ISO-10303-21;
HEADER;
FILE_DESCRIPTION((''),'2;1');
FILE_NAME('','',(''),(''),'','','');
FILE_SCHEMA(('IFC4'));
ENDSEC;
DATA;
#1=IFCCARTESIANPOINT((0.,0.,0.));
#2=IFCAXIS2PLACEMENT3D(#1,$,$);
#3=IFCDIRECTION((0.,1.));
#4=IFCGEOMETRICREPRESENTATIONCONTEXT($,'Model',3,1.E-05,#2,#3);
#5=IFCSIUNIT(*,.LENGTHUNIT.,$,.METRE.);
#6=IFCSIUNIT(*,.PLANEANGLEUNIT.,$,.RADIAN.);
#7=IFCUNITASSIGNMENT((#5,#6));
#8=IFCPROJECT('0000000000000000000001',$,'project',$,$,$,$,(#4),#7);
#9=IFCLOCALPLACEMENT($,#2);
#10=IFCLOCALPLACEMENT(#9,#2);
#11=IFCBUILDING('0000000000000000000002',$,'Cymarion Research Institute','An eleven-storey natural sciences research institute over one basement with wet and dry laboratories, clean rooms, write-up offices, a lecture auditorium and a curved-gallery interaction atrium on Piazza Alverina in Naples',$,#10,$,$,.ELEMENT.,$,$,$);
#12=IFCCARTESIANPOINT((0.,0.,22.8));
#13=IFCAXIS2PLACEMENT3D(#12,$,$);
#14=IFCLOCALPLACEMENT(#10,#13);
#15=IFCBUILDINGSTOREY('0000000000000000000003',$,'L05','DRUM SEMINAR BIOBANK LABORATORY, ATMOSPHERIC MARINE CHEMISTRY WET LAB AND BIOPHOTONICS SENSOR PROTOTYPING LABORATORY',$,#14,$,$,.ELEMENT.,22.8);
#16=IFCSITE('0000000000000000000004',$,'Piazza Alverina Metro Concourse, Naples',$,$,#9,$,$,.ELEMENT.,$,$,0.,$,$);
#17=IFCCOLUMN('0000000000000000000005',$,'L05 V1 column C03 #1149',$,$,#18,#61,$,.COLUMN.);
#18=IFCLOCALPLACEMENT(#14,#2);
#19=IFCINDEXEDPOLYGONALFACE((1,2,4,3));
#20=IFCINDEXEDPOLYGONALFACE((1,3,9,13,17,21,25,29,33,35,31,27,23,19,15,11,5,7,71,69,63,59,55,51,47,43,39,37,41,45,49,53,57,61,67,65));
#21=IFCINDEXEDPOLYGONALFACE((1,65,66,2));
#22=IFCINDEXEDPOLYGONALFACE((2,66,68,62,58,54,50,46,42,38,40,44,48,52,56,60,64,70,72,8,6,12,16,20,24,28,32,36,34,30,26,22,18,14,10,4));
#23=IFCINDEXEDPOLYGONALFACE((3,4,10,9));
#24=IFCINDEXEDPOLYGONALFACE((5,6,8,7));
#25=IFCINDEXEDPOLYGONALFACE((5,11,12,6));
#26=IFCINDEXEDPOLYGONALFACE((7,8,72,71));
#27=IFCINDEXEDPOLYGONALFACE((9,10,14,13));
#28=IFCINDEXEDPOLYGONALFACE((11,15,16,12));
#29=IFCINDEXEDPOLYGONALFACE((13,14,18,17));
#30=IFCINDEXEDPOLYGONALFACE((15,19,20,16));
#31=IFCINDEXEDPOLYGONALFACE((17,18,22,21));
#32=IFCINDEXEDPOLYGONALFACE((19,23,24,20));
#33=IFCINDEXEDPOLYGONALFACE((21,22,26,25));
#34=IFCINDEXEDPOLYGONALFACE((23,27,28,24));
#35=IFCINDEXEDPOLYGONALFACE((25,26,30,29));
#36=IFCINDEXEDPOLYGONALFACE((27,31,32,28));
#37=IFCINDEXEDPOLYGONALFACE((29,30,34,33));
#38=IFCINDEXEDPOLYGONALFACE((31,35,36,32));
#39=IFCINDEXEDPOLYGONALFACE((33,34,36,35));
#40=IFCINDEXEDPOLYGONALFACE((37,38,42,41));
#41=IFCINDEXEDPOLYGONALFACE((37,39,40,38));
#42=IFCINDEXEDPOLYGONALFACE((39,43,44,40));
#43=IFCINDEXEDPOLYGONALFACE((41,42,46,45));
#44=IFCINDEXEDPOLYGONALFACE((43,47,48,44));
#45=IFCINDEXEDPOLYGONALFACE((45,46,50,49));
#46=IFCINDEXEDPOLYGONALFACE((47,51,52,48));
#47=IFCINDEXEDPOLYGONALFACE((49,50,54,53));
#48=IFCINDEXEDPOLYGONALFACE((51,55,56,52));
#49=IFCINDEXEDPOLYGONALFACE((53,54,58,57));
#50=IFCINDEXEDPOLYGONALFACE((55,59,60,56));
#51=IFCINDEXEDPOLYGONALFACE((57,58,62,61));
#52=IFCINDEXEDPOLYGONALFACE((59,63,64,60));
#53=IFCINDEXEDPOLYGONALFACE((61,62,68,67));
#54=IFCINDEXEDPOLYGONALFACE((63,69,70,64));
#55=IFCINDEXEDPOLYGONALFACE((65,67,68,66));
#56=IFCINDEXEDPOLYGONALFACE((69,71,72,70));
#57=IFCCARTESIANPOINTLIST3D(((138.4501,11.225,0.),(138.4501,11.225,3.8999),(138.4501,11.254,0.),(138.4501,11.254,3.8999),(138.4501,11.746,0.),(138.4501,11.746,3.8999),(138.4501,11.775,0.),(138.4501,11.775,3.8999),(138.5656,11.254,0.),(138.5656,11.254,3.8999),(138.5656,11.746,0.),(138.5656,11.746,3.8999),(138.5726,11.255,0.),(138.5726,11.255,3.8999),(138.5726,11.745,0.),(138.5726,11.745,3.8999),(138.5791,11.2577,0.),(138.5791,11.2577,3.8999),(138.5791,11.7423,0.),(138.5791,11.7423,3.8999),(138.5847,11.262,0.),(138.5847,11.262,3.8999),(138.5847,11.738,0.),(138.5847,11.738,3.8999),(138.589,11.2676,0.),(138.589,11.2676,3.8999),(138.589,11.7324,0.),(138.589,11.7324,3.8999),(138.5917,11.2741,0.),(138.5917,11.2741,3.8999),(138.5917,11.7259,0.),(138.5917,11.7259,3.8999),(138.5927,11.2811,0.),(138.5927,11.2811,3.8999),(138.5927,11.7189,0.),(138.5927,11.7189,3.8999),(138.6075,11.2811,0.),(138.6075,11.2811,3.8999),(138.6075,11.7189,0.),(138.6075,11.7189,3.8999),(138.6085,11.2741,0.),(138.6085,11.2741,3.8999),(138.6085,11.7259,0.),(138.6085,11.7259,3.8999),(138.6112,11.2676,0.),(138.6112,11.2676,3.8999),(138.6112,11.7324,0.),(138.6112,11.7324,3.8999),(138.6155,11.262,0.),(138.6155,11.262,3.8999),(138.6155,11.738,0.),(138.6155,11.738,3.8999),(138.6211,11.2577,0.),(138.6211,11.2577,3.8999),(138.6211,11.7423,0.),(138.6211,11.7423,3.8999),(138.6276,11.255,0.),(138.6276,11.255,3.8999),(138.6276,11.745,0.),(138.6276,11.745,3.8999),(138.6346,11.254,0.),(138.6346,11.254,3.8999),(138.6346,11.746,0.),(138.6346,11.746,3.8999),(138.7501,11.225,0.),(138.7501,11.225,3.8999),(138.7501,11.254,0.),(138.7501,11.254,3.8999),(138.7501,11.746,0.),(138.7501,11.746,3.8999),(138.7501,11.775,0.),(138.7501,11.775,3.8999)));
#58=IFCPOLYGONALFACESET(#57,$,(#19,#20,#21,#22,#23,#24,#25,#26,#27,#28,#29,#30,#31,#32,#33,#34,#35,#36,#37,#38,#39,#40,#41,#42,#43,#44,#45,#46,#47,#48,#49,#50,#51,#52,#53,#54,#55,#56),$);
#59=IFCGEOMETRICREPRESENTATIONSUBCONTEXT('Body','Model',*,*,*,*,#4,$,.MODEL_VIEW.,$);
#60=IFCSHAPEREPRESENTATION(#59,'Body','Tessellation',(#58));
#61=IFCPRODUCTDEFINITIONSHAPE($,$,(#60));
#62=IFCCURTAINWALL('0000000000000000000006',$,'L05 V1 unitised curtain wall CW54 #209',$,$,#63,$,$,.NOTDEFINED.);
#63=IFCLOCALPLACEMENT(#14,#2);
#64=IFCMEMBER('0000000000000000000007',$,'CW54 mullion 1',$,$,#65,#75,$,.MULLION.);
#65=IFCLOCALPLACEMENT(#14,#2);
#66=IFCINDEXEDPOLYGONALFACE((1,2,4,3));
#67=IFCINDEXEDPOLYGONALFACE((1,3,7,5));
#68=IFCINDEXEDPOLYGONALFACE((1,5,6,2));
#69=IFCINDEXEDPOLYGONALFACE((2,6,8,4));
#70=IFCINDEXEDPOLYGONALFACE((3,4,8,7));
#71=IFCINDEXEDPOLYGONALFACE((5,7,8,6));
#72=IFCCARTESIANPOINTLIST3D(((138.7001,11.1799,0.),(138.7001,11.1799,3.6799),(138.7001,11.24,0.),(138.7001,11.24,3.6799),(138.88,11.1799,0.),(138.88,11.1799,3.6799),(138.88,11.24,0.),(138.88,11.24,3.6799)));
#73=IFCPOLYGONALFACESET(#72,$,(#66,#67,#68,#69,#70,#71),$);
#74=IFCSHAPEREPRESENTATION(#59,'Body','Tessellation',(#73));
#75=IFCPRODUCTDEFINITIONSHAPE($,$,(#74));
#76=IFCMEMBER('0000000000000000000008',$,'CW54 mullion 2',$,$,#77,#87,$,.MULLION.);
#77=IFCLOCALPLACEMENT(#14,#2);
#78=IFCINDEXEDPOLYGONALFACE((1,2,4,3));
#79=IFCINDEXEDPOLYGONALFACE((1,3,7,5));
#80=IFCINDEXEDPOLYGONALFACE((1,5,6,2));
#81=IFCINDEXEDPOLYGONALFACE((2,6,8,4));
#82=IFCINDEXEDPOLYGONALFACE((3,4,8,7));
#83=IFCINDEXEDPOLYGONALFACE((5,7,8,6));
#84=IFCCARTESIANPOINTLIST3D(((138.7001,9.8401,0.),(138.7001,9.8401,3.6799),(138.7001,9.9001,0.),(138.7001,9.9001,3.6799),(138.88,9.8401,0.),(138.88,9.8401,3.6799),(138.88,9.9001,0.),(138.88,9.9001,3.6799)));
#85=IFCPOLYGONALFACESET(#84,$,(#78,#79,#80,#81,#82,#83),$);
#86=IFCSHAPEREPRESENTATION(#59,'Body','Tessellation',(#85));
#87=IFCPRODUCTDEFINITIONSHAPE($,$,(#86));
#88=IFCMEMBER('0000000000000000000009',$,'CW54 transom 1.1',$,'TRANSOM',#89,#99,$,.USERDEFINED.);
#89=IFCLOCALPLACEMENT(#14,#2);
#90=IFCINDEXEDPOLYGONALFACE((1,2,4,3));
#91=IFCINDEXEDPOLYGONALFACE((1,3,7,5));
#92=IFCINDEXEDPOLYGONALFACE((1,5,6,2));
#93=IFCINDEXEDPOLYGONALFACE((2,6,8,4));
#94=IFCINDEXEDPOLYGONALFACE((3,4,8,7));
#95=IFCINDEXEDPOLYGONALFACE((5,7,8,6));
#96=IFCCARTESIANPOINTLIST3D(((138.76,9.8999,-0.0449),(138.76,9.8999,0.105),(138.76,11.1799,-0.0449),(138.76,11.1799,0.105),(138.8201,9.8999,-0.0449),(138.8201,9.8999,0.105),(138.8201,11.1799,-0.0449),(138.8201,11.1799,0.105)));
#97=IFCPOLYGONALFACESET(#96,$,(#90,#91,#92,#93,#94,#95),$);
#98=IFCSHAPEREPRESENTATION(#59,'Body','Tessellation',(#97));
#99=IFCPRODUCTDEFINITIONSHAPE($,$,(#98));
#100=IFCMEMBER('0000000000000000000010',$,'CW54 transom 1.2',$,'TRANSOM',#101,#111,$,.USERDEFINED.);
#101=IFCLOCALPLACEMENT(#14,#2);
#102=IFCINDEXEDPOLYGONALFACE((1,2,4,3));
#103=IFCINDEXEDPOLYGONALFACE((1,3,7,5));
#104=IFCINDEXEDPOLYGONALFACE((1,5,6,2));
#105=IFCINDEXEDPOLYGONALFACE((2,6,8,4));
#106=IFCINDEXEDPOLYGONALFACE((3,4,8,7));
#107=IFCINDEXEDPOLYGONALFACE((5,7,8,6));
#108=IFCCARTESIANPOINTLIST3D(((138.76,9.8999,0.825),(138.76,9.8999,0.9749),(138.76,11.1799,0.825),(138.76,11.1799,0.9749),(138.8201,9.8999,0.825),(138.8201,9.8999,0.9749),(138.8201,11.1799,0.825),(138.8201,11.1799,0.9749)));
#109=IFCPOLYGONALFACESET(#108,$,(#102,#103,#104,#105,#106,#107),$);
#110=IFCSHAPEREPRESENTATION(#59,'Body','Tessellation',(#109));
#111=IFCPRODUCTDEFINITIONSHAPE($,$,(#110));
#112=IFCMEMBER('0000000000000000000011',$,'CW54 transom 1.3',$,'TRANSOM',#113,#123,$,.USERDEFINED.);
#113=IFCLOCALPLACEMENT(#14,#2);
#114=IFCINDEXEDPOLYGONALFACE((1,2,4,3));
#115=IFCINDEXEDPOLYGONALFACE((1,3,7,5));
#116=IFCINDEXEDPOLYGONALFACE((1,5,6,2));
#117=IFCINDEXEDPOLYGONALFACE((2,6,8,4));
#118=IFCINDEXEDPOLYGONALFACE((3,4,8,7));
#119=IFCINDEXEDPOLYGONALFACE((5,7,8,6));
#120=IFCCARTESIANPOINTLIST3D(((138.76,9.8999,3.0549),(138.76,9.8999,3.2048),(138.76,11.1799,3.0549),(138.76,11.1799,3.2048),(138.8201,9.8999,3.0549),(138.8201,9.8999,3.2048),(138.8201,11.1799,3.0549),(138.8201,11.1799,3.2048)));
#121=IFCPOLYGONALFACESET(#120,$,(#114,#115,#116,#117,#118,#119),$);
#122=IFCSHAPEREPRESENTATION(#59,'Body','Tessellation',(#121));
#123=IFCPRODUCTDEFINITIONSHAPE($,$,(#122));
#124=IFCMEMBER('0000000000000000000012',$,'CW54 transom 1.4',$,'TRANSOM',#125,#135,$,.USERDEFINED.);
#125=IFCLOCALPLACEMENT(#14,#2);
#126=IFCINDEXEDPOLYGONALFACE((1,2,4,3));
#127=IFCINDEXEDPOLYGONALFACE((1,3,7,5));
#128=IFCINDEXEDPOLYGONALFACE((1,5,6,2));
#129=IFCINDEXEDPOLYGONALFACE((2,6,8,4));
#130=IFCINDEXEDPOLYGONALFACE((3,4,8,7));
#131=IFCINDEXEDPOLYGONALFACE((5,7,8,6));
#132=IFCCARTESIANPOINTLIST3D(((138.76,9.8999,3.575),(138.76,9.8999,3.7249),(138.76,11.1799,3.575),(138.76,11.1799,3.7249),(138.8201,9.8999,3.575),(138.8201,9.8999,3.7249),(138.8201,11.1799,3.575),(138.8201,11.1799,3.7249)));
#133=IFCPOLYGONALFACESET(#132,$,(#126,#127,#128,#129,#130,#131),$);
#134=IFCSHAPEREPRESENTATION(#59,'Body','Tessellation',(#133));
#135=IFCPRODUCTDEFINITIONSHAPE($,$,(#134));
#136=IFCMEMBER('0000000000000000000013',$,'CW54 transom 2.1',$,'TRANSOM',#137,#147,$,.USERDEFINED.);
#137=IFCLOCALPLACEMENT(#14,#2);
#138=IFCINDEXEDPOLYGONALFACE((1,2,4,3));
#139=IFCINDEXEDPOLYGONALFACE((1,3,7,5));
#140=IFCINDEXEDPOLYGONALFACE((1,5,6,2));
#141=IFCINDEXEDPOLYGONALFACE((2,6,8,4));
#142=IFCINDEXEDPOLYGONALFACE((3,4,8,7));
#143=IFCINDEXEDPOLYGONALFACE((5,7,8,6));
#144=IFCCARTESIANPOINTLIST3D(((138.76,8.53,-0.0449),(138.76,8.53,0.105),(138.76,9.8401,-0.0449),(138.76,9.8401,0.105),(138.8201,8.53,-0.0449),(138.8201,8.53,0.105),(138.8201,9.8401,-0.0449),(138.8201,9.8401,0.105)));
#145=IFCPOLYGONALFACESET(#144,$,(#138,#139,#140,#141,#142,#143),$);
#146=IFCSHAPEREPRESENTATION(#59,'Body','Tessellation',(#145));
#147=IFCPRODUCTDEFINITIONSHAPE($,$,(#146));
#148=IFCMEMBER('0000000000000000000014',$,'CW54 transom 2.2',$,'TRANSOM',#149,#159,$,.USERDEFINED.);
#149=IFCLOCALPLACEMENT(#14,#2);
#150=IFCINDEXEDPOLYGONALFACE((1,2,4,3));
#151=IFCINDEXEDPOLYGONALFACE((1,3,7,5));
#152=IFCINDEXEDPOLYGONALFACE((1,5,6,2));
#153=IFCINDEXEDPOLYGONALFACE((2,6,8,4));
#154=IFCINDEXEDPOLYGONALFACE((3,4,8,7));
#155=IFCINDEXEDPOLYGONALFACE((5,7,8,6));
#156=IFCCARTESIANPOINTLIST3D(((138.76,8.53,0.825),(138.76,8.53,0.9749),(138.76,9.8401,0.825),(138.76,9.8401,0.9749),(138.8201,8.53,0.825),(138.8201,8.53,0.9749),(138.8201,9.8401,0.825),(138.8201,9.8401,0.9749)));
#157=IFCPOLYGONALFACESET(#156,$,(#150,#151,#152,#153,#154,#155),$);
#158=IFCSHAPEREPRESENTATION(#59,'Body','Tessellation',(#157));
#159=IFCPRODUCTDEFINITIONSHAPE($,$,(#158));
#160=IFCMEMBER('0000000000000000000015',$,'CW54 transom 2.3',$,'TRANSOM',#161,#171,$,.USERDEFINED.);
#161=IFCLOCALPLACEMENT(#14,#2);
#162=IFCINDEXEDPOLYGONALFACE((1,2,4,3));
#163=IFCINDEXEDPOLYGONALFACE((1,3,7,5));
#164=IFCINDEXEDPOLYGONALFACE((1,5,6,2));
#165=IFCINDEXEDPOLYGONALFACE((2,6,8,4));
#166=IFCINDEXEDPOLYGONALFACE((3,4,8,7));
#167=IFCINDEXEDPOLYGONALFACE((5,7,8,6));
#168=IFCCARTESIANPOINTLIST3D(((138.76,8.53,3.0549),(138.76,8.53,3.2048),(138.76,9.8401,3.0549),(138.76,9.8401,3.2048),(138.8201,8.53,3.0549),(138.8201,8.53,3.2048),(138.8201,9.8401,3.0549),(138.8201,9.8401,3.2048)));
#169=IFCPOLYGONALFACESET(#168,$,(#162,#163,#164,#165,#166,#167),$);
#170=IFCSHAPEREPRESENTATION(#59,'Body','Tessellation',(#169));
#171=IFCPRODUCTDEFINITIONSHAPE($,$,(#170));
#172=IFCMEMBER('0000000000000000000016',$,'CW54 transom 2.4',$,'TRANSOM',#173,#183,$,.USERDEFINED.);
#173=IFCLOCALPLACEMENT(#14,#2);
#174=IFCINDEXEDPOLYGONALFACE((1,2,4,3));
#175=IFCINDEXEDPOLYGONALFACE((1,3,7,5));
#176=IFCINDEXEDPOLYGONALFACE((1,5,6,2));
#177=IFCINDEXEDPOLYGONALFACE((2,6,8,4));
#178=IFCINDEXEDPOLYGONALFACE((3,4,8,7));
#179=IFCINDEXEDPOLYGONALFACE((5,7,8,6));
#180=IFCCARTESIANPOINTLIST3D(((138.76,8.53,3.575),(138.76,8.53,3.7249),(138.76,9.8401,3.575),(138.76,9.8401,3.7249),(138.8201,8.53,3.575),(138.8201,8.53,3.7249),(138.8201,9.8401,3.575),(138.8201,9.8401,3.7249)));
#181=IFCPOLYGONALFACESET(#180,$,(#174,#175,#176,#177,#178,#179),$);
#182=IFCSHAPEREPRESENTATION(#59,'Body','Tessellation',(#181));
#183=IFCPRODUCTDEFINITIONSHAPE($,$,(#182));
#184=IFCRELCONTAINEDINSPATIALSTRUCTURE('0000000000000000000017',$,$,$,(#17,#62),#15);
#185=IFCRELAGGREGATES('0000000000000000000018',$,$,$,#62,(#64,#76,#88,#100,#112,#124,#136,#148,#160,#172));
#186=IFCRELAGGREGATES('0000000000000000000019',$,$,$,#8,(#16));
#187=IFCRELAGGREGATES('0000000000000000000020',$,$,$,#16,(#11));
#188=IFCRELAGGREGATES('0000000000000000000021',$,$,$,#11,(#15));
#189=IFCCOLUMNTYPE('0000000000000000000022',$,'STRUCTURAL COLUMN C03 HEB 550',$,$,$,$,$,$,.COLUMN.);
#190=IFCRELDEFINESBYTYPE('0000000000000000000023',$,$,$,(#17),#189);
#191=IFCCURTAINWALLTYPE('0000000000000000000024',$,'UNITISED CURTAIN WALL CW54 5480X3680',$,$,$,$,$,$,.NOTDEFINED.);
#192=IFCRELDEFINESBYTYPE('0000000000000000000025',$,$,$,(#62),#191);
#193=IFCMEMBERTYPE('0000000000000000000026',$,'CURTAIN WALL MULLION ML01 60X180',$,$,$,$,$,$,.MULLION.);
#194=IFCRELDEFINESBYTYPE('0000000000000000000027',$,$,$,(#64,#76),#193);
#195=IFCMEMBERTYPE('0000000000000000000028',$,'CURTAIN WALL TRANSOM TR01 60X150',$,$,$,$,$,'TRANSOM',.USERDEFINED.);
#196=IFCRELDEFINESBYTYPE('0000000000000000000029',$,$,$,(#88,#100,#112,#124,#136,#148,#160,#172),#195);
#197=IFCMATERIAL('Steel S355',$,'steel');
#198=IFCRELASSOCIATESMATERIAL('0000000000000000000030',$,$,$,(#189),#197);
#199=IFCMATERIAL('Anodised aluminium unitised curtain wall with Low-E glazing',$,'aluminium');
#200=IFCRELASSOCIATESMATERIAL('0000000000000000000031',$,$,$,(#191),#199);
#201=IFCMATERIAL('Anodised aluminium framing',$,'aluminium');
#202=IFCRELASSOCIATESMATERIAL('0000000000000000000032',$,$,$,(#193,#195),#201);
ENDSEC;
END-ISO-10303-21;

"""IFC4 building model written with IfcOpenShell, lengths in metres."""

from ifc_helpers import new_model, si_unit, direction, frame, origin, origin_2d, place, context, subcontext, project, spatial, rectangle, i_section, extrude, material, material_profile, profile_set, type_object, element, aggregate, save


model = new_model("IFC4")

# Units and contexts
model_context = context("Model", 3, precision=1e-05, world=origin(), true_north=direction((0.0, 1.0)))
body_context = subcontext(model_context, "Body", "Model", "MODEL_VIEW")
ifc_project = project(units=[si_unit("LENGTHUNIT", "METRE"), si_unit("PLANEANGLEUNIT", "RADIAN")], contexts=[model_context])

# Site, building, storey
site_placement = place(None, origin())
site = spatial("IfcSite", under=ifc_project, at=site_placement, Name="Piazza Alverina Metro Concourse, Naples", CompositionType="ELEMENT", RefElevation=0.0)
building_placement = place(site_placement, origin())
building = spatial("IfcBuilding", under=site, at=building_placement, Name="Cymarion Research Institute", Description="An eleven-storey natural sciences research institute over one basement with wet and dry laboratories, clean rooms, write-up offices, a lecture auditorium and a curved-gallery interaction atrium on Piazza Alverina in Naples", CompositionType="ELEMENT")
storey_placement = place(building_placement, frame((0.0, 0.0, 22.8)))
storey = spatial("IfcBuildingStorey", under=building, at=storey_placement, Name="L05", Description="DRUM SEMINAR BIOBANK LABORATORY, ATMOSPHERIC MARINE CHEMISTRY WET LAB AND BIOPHOTONICS SENSOR PROTOTYPING LABORATORY", CompositionType="ELEMENT", Elevation=22.8)

# Column
ifc_material_1 = material(Name="Steel S355", Category="steel")
ifc_material_profile_1 = material_profile(ifc_material_1, i_section(OverallWidth=0.3, OverallDepth=0.55, WebThickness=0.0149, FlangeThickness=0.0291, FilletRadius=0.0271, at=origin_2d()), Name="HEB 550")
ifc_profile_set_1 = profile_set([ifc_material_profile_1], Name="Steel S355")
column_type = type_object("IfcColumnType", Name="STRUCTURAL COLUMN C03 HEB 550", PredefinedType="COLUMN", material=ifc_profile_set_1)
column_placement = place(storey_placement, frame((138.6001, 11.5, 0.0), z_axis=(0.0, 0.0, 1.0), x_axis=(1.0, 0.0, 0.0)))
element("IfcColumn", 1, at=column_placement, inside=storey, type_object=column_type, Name="L05 V1 column C03 #1149", PredefinedType="COLUMN", context=body_context, shape_type="SweptSolid", body=[
    extrude(i_section(OverallWidth=0.3, OverallDepth=0.55, WebThickness=0.0149, FlangeThickness=0.0291, FilletRadius=0.0271, at=origin_2d()), origin(), (0.0, 0.0, 1.0), 3.8999),
])

# Curtain wall, members
ifc_material_2 = material(Name="Anodised aluminium unitised curtain wall with Low-E glazing", Category="aluminium")
curtain_wall_type = type_object("IfcCurtainWallType", Name="UNITISED CURTAIN WALL CW54 5480X3680", PredefinedType="NOTDEFINED", material=ifc_material_2)
curtain_wall_placement = place(storey_placement, origin())
curtain_wall = element("IfcCurtainWall", 2, at=curtain_wall_placement, inside=storey, type_object=curtain_wall_type, Name="L05 V1 unitised curtain wall CW54 #209", PredefinedType="NOTDEFINED")
ifc_material_3 = material(Name="Anodised aluminium framing", Category="aluminium")
ifc_material_profile_2 = material_profile(ifc_material_3, rectangle(XDim=0.0601, YDim=0.1799, at=origin_2d()), Name="ALU MULLION 60x180")
ifc_profile_set_2 = profile_set([ifc_material_profile_2], Name="Anodised aluminium framing")
member_type_1 = type_object("IfcMemberType", Name="CURTAIN WALL MULLION ML01 60X180", PredefinedType="MULLION", material=ifc_profile_set_2)
member_1_placement = place(storey_placement, frame((138.79, 11.21, 0.0), z_axis=(0.0, 0.0, 1.0), x_axis=(0.0, -1.0, 0.0)))
member_1 = element("IfcMember", 3, at=member_1_placement, type_object=member_type_1, Name="CW54 mullion 1", PredefinedType="MULLION", context=body_context, shape_type="SweptSolid", body=[
    extrude(rectangle(XDim=0.0601, YDim=0.1799, at=origin_2d()), origin(), (0.0, 0.0, 1.0), 3.6799),
])
member_2_placement = place(storey_placement, frame((138.79, 9.8701, 0.0), z_axis=(0.0, 0.0, 1.0), x_axis=(0.0, -1.0, 0.0)))
member_2 = element("IfcMember", 4, at=member_2_placement, type_object=member_type_1, Name="CW54 mullion 2", PredefinedType="MULLION", context=body_context, shape_type="SweptSolid", body=[
    extrude(rectangle(XDim=0.0601, YDim=0.1799, at=origin_2d()), origin(), (0.0, 0.0, 1.0), 3.6799),
])
ifc_material_profile_3 = material_profile(ifc_material_3, rectangle(XDim=0.0601, YDim=0.1499, at=origin_2d()), Name="ALU TRANSOM 60x150")
ifc_profile_set_3 = profile_set([ifc_material_profile_3], Name="Anodised aluminium framing")
member_type_2 = type_object("IfcMemberType", Name="CURTAIN WALL TRANSOM TR01 60X150", ElementType="TRANSOM", PredefinedType="USERDEFINED", material=ifc_profile_set_3)
member_3_placement = place(storey_placement, frame((138.79, 11.1799, 0.03), z_axis=(0.0, -1.0, 0.0), x_axis=(1.0, 0.0, 0.0)))
member_3 = element("IfcMember", 5, at=member_3_placement, type_object=member_type_2, Name="CW54 transom 1.1", ObjectType="TRANSOM", PredefinedType="USERDEFINED", context=body_context, shape_type="SweptSolid", body=[
    extrude(rectangle(XDim=0.0601, YDim=0.1499, at=origin_2d()), origin(), (0.0, 0.0, 1.0), 1.28),
])
member_4_placement = place(storey_placement, frame((138.79, 11.1799, 0.8999), z_axis=(0.0, -1.0, 0.0), x_axis=(1.0, 0.0, 0.0)))
member_4 = element("IfcMember", 6, at=member_4_placement, type_object=member_type_2, Name="CW54 transom 1.2", ObjectType="TRANSOM", PredefinedType="USERDEFINED", context=body_context, shape_type="SweptSolid", body=[
    extrude(rectangle(XDim=0.0601, YDim=0.1499, at=origin_2d()), origin(), (0.0, 0.0, 1.0), 1.28),
])
member_5_placement = place(storey_placement, frame((138.79, 11.1799, 3.1299), z_axis=(0.0, -1.0, 0.0), x_axis=(1.0, 0.0, 0.0)))
member_5 = element("IfcMember", 7, at=member_5_placement, type_object=member_type_2, Name="CW54 transom 1.3", ObjectType="TRANSOM", PredefinedType="USERDEFINED", context=body_context, shape_type="SweptSolid", body=[
    extrude(rectangle(XDim=0.0601, YDim=0.1499, at=origin_2d()), origin(), (0.0, 0.0, 1.0), 1.28),
])
member_6_placement = place(storey_placement, frame((138.79, 11.1799, 3.6499), z_axis=(0.0, -1.0, 0.0), x_axis=(1.0, 0.0, 0.0)))
member_6 = element("IfcMember", 8, at=member_6_placement, type_object=member_type_2, Name="CW54 transom 1.4", ObjectType="TRANSOM", PredefinedType="USERDEFINED", context=body_context, shape_type="SweptSolid", body=[
    extrude(rectangle(XDim=0.0601, YDim=0.1499, at=origin_2d()), origin(), (0.0, 0.0, 1.0), 1.28),
])
member_7_placement = place(storey_placement, frame((138.79, 9.8401, 0.03), z_axis=(0.0, -1.0, 0.0), x_axis=(1.0, 0.0, 0.0)))
member_7 = element("IfcMember", 9, at=member_7_placement, type_object=member_type_2, Name="CW54 transom 2.1", ObjectType="TRANSOM", PredefinedType="USERDEFINED", context=body_context, shape_type="SweptSolid", body=[
    extrude(rectangle(XDim=0.0601, YDim=0.1499, at=origin_2d()), origin(), (0.0, 0.0, 1.0), 1.3101),
])
member_8_placement = place(storey_placement, frame((138.79, 9.8401, 0.8999), z_axis=(0.0, -1.0, 0.0), x_axis=(1.0, 0.0, 0.0)))
member_8 = element("IfcMember", 10, at=member_8_placement, type_object=member_type_2, Name="CW54 transom 2.2", ObjectType="TRANSOM", PredefinedType="USERDEFINED", context=body_context, shape_type="SweptSolid", body=[
    extrude(rectangle(XDim=0.0601, YDim=0.1499, at=origin_2d()), origin(), (0.0, 0.0, 1.0), 1.3101),
])
member_9_placement = place(storey_placement, frame((138.79, 9.8401, 3.1299), z_axis=(0.0, -1.0, 0.0), x_axis=(1.0, 0.0, 0.0)))
member_9 = element("IfcMember", 11, at=member_9_placement, type_object=member_type_2, Name="CW54 transom 2.3", ObjectType="TRANSOM", PredefinedType="USERDEFINED", context=body_context, shape_type="SweptSolid", body=[
    extrude(rectangle(XDim=0.0601, YDim=0.1499, at=origin_2d()), origin(), (0.0, 0.0, 1.0), 1.3101),
])
member_10_placement = place(storey_placement, frame((138.79, 9.8401, 3.6499), z_axis=(0.0, -1.0, 0.0), x_axis=(1.0, 0.0, 0.0)))
member_10 = element("IfcMember", 12, at=member_10_placement, type_object=member_type_2, Name="CW54 transom 2.4", ObjectType="TRANSOM", PredefinedType="USERDEFINED", context=body_context, shape_type="SweptSolid", body=[
    extrude(rectangle(XDim=0.0601, YDim=0.1499, at=origin_2d()), origin(), (0.0, 0.0, 1.0), 1.3101),
])

aggregate(curtain_wall, [member_1, member_2, member_3, member_4, member_5, member_6, member_7, member_8, member_9, member_10])

save(model, "model.ifc")
